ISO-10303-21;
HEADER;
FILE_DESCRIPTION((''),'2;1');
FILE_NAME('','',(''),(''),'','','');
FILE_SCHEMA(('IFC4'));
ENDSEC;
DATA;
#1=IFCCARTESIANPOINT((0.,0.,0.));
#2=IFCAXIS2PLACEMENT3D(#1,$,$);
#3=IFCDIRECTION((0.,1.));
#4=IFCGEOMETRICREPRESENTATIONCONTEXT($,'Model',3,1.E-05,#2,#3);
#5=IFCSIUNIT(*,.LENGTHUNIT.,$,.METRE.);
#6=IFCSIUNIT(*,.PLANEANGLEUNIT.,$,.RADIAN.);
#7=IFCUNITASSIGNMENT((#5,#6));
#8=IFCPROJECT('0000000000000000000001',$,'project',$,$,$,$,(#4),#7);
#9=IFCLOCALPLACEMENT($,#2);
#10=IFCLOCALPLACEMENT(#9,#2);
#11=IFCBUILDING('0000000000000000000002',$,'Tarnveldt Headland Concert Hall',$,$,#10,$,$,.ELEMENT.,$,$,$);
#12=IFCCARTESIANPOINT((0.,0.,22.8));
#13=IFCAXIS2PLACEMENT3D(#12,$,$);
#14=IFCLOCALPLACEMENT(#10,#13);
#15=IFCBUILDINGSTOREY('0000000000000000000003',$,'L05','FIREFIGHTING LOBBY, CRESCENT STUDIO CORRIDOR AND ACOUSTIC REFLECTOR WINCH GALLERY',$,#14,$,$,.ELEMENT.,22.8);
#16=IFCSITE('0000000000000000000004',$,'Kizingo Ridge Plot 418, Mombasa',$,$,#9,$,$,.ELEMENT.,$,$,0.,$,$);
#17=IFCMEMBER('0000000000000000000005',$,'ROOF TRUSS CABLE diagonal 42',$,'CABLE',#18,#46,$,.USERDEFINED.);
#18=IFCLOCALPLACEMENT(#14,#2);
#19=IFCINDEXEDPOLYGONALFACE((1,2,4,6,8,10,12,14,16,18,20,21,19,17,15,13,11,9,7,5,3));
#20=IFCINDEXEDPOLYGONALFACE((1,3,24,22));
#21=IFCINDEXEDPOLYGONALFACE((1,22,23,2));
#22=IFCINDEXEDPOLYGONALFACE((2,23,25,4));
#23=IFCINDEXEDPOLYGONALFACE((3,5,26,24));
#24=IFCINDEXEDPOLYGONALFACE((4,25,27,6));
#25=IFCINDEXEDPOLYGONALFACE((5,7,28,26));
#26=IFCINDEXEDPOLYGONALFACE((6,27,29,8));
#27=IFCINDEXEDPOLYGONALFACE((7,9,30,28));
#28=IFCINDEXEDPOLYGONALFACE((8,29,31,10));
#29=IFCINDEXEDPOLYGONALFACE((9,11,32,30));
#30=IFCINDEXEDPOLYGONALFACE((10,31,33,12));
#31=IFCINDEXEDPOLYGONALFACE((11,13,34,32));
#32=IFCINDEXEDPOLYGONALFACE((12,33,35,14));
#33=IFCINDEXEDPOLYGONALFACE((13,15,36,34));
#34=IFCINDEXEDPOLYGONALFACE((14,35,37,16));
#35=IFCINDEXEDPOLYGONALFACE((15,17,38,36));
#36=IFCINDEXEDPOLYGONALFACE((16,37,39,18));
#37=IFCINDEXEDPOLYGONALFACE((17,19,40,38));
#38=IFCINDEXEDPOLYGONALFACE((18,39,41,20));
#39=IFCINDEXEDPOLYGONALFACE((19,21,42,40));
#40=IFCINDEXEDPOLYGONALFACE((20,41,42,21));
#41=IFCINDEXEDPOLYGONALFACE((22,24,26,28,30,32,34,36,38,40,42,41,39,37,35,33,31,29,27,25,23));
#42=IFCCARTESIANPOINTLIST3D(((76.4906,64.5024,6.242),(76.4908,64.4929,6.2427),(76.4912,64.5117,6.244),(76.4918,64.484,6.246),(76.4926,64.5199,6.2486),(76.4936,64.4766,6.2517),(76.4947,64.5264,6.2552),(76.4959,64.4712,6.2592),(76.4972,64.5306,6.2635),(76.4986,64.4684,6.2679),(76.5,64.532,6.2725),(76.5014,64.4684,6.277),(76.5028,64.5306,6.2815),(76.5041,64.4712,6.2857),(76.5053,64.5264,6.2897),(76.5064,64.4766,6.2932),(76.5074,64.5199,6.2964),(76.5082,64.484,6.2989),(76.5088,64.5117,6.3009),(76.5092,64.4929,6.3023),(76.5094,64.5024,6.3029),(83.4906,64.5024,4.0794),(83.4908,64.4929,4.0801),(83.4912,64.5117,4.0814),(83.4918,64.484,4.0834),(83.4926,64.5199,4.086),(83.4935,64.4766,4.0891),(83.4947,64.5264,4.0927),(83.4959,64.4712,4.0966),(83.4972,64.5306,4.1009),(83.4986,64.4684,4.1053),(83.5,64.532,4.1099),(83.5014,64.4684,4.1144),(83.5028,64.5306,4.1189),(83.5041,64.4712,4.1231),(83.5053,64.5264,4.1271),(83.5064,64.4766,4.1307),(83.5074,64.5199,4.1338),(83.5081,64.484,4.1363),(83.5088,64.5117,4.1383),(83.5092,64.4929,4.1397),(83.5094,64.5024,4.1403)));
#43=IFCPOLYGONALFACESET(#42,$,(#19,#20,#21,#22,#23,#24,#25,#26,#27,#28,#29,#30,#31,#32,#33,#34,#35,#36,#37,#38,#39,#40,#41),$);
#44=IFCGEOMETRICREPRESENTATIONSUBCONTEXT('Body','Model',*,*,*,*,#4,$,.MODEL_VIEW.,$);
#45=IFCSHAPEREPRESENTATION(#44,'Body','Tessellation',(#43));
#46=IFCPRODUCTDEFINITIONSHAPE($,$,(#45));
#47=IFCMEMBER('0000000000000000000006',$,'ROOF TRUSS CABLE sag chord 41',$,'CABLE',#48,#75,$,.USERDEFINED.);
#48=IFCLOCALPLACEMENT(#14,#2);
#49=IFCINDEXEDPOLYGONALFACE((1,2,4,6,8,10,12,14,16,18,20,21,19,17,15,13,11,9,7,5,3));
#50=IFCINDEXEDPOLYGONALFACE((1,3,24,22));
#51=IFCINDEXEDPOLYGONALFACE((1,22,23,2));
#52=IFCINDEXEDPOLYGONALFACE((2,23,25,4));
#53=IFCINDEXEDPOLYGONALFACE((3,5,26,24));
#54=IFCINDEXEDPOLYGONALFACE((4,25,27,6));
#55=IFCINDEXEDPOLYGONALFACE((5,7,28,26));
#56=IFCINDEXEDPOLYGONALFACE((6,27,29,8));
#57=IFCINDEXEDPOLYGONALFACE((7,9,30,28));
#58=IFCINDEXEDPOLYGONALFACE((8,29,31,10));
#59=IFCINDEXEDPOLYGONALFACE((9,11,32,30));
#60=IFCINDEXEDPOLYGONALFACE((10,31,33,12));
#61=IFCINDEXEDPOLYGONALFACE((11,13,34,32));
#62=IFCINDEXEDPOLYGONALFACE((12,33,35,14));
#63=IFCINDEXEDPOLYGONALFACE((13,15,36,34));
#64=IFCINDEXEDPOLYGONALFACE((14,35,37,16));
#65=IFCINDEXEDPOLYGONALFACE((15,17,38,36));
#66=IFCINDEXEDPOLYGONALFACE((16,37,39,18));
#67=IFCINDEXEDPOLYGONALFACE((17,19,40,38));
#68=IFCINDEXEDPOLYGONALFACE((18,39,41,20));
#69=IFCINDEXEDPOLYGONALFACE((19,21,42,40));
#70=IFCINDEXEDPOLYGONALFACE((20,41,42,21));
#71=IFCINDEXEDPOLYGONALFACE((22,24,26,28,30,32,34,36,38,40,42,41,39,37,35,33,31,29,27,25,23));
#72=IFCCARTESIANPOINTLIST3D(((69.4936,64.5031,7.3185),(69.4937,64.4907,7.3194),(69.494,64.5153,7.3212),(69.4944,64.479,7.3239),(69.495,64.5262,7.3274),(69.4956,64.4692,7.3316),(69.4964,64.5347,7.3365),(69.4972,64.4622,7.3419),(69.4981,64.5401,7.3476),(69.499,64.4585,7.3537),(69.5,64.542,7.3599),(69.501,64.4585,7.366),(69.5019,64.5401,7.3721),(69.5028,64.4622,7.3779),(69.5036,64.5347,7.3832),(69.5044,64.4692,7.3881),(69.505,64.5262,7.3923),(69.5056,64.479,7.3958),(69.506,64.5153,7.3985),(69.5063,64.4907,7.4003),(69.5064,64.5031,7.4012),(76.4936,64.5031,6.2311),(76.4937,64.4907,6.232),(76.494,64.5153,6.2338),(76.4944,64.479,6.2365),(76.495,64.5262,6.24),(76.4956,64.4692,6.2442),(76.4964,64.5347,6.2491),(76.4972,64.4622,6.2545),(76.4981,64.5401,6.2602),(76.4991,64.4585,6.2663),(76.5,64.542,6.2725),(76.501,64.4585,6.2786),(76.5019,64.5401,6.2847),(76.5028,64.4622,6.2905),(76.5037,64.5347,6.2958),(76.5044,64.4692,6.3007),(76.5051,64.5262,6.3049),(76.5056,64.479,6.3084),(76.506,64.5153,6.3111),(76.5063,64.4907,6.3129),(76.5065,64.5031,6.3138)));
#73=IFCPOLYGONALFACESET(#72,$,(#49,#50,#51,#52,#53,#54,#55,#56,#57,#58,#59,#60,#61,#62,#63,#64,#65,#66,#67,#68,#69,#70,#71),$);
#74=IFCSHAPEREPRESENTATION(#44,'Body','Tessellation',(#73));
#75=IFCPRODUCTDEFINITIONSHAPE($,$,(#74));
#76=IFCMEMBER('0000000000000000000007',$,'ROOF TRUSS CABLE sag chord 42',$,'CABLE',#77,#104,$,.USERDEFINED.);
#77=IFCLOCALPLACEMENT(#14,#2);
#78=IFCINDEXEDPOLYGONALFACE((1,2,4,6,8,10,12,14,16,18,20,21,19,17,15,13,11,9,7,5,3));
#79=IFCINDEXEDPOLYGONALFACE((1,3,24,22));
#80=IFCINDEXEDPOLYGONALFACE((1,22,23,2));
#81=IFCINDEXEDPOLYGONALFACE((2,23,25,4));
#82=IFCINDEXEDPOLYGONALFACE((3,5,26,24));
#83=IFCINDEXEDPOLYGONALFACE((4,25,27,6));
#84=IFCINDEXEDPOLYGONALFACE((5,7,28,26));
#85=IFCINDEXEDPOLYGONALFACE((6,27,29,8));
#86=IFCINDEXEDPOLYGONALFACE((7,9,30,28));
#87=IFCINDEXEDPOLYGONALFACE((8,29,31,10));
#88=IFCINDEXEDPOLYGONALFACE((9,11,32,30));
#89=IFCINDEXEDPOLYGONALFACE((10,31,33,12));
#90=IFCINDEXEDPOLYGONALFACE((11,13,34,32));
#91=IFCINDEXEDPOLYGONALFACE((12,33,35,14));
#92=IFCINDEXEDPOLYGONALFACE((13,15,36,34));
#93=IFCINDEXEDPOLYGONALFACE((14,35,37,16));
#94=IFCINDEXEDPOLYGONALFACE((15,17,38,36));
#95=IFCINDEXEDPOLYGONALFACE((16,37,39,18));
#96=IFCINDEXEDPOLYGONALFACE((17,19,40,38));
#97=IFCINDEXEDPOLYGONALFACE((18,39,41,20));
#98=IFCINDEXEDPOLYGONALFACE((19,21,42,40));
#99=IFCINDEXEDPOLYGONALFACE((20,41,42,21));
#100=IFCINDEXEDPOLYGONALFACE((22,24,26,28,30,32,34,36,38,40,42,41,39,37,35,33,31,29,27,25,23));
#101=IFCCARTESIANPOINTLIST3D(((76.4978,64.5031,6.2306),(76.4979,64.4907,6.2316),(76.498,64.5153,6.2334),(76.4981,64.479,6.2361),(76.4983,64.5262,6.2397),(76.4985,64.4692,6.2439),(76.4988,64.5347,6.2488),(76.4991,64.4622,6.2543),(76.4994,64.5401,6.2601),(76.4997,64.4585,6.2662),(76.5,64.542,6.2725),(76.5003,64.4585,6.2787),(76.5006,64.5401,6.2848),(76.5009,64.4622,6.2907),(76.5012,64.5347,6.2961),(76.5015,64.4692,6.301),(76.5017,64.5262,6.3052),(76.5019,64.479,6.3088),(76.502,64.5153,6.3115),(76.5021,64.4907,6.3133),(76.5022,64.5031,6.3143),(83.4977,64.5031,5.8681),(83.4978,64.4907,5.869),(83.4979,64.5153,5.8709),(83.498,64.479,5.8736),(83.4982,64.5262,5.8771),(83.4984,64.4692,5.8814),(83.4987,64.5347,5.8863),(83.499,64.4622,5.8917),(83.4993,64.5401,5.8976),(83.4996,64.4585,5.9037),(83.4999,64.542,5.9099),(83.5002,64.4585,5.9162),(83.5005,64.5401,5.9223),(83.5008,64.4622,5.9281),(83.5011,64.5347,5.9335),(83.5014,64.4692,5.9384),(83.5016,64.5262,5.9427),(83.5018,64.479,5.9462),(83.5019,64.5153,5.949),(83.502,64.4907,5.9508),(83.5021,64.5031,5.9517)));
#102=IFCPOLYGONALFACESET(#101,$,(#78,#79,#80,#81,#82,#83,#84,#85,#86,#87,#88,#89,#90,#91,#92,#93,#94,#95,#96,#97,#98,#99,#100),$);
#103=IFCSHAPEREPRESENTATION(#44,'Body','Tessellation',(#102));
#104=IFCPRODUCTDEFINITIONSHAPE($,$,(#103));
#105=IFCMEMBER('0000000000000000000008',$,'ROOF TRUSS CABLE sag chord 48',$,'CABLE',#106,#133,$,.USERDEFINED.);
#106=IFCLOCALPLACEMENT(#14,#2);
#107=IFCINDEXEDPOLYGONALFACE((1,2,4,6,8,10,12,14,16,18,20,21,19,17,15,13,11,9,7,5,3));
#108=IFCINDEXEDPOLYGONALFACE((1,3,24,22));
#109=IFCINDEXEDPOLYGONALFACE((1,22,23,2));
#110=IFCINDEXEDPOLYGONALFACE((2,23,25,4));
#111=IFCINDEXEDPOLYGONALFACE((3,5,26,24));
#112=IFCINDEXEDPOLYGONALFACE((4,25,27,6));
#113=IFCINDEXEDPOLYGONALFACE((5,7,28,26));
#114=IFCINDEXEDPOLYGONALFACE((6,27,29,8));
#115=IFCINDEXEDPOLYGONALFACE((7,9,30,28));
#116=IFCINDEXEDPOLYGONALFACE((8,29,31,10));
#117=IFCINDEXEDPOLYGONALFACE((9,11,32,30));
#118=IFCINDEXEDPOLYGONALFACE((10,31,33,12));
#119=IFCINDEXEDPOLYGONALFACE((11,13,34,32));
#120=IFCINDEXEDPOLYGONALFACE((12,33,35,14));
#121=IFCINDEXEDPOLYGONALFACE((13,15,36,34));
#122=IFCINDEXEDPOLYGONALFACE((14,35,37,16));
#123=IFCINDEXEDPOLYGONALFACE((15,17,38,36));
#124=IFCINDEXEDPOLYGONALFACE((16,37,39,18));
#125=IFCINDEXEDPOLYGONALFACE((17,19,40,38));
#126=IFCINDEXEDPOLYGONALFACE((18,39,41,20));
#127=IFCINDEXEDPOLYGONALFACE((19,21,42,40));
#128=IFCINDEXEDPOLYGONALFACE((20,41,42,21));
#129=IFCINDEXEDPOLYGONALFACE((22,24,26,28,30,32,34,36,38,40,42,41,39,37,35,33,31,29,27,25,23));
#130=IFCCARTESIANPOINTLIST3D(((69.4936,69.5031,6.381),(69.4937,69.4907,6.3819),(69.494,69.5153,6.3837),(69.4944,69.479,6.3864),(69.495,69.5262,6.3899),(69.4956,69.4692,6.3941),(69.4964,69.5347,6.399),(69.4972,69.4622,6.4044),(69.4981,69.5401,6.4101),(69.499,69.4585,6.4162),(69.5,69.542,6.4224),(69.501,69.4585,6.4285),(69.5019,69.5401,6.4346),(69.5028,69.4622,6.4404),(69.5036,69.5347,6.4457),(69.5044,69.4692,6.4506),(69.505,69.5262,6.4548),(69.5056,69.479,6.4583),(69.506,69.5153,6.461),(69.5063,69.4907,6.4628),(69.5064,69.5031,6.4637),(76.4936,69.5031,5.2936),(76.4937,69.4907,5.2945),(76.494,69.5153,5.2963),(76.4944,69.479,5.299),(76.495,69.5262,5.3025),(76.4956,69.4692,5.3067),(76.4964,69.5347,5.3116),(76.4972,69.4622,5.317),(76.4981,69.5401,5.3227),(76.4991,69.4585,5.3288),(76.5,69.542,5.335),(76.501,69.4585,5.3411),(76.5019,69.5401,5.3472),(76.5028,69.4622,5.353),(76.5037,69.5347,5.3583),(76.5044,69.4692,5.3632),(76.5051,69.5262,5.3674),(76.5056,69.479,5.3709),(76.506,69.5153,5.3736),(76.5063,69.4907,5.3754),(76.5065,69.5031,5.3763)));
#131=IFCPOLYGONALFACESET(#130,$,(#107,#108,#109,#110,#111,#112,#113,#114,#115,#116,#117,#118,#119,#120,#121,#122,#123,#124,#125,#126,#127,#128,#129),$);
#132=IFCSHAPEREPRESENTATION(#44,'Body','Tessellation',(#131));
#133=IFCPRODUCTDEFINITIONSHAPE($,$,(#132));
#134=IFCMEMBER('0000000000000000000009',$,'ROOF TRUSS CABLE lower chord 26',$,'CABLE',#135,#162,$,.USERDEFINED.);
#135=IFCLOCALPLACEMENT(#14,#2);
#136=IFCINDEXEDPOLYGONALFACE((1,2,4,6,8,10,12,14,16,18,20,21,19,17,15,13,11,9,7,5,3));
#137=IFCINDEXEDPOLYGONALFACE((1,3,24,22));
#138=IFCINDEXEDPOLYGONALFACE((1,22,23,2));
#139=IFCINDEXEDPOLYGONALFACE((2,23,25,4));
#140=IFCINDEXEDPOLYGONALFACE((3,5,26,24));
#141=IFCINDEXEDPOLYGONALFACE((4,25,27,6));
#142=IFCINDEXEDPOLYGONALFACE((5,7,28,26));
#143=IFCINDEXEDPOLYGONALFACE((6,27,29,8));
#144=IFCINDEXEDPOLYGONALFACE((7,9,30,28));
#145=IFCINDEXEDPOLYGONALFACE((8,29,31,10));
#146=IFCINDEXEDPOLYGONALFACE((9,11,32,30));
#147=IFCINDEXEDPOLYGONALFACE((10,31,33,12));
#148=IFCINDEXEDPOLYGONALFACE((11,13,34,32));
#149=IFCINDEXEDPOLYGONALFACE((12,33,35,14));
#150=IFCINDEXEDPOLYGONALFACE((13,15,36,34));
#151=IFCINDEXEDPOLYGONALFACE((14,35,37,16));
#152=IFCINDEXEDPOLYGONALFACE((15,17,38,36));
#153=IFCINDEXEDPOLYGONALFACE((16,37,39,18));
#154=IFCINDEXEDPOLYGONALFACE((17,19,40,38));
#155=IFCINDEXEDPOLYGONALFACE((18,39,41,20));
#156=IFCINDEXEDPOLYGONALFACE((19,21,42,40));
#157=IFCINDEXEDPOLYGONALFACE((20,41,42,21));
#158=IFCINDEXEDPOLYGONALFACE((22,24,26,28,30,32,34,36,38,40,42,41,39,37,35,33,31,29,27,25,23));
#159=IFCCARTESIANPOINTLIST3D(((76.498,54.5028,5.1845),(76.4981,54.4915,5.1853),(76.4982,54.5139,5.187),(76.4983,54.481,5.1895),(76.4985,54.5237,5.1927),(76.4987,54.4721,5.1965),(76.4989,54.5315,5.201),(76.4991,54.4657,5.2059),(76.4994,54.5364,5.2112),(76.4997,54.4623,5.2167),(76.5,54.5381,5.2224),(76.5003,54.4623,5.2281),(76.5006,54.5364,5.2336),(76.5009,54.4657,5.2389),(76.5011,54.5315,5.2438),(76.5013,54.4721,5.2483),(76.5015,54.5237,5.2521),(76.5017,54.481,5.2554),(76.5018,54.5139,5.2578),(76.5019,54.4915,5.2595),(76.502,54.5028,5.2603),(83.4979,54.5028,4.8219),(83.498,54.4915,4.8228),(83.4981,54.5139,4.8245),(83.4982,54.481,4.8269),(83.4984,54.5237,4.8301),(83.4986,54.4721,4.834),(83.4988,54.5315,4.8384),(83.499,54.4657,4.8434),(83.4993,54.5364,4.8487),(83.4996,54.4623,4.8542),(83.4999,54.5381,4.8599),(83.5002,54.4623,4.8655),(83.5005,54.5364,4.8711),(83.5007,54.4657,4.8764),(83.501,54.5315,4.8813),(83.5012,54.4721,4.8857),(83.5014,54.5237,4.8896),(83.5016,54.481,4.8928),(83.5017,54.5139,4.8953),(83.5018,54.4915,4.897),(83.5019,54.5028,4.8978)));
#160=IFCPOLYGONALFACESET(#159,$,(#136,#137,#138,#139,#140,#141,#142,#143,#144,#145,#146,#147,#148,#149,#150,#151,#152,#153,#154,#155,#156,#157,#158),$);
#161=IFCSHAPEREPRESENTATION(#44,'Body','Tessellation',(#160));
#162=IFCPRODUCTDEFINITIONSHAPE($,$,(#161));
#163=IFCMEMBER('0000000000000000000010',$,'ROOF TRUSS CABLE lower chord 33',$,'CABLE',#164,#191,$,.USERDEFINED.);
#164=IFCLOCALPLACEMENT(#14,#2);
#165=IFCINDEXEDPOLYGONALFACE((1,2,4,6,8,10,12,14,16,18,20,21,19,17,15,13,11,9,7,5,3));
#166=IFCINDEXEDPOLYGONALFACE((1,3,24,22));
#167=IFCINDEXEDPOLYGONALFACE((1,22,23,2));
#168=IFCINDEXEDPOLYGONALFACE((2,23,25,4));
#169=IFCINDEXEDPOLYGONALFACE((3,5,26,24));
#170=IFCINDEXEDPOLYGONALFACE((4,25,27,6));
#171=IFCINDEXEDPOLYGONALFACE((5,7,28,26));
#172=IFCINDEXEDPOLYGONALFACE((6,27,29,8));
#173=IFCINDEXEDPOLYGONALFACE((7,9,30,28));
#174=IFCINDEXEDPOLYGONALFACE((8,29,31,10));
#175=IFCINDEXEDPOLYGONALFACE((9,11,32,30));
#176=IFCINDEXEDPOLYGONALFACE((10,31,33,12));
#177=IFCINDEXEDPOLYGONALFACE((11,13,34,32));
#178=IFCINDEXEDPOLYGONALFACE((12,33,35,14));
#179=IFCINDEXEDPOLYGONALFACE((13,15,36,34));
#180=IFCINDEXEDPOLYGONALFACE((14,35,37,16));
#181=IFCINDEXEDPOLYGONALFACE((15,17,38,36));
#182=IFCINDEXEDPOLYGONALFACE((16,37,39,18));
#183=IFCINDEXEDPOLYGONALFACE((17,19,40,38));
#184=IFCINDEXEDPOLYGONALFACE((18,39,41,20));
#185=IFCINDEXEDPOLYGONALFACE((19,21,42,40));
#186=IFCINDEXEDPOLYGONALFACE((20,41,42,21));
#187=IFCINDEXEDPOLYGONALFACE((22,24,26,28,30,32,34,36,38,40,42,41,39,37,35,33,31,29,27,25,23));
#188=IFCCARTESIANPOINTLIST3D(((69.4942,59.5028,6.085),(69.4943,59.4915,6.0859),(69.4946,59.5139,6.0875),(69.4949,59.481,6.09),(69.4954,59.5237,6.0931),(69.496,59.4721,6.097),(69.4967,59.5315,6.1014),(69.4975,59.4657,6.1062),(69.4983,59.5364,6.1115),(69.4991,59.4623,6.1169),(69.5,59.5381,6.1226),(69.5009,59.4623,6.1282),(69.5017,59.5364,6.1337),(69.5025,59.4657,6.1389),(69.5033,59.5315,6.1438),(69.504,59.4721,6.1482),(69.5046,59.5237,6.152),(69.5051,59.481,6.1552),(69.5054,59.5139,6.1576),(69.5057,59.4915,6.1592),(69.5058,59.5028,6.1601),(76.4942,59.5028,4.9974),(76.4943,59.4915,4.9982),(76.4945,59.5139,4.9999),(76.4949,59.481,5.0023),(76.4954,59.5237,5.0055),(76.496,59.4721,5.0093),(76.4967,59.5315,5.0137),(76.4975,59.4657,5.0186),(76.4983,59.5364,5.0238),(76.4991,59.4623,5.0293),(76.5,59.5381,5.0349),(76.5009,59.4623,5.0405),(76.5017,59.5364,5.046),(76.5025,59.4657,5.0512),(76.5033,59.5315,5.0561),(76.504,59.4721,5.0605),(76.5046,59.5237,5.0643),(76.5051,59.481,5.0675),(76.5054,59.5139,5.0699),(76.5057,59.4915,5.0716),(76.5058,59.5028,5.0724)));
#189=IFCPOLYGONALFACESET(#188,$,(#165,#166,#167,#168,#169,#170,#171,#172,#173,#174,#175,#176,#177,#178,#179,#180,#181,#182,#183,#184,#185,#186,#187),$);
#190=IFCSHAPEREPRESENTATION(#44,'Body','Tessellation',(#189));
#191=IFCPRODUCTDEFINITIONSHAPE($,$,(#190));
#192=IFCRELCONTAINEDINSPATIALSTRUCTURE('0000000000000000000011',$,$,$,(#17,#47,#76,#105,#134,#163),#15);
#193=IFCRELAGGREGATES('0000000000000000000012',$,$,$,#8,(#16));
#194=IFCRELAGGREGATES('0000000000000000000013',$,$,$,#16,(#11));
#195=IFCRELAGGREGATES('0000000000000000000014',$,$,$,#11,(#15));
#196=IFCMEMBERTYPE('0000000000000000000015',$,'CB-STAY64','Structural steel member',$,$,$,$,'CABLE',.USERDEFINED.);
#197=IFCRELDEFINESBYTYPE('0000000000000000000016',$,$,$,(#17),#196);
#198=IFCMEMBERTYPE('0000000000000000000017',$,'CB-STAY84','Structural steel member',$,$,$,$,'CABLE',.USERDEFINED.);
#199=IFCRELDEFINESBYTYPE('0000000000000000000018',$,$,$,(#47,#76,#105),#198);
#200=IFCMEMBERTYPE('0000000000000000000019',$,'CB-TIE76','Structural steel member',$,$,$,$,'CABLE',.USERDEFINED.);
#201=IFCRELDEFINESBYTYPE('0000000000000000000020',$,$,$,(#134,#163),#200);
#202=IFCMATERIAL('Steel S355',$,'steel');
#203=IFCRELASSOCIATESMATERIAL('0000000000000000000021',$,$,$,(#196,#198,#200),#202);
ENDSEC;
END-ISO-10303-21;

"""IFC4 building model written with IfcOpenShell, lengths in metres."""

from ifc_helpers import new_model, si_unit, direction, frame, origin, origin_2d, place, context, subcontext, project, spatial, circle, extrude, material, material_profile, profile_set, type_object, element, save


model = new_model("IFC4")

# Units and contexts
model_context = context("Model", 3, precision=1e-05, world=origin(), true_north=direction((0.0, 1.0)))
body_context = subcontext(model_context, "Body", "Model", "MODEL_VIEW")
ifc_project = project(units=[si_unit("LENGTHUNIT", "METRE"), si_unit("PLANEANGLEUNIT", "RADIAN")], contexts=[model_context])

# Site, building, storey
site_placement = place(None, origin())
site = spatial("IfcSite", under=ifc_project, at=site_placement, Name="Kizingo Ridge Plot 418, Mombasa", CompositionType="ELEMENT", RefElevation=0.0)
building_placement = place(site_placement, origin())
building = spatial("IfcBuilding", under=site, at=building_placement, Name="Tarnveldt Headland Concert Hall", CompositionType="ELEMENT")
storey_placement = place(building_placement, frame((0.0, 0.0, 22.8)))
storey = spatial("IfcBuildingStorey", under=building, at=storey_placement, Name="L05", Description="FIREFIGHTING LOBBY, CRESCENT STUDIO CORRIDOR AND ACOUSTIC REFLECTOR WINCH GALLERY", CompositionType="ELEMENT", Elevation=22.8)

# Members
ifc_material_1 = material(Name="Steel S355", Category="steel")
ifc_material_profile_1 = material_profile(ifc_material_1, circle(Radius=0.032, at=origin_2d()), Name="LC D64", Category="steel")
ifc_profile_set_1 = profile_set([ifc_material_profile_1], Name="Steel S355")
member_type_1 = type_object("IfcMemberType", Name="CB-STAY64", Description="Structural steel member", ElementType="CABLE", PredefinedType="USERDEFINED", material=ifc_profile_set_1)
member_1_placement = place(storey_placement, frame((76.5, 64.5, 6.2725), z_axis=(0.955443, 0.0, -0.295177), x_axis=(0.0, 1.0, 0.0)))
element("IfcMember", 1, at=member_1_placement, inside=storey, type_object=member_type_1, Name="ROOF TRUSS CABLE diagonal 42", ObjectType="CABLE", PredefinedType="USERDEFINED", context=body_context, shape_type="SweptSolid", body=[
    extrude(circle(Radius=0.032, at=origin_2d()), origin(), (0.0, 0.0, 1.0), 7.3264),
])
ifc_material_profile_2 = material_profile(ifc_material_1, circle(Radius=0.042, at=origin_2d()), Name="LC D84", Category="steel")
ifc_profile_set_2 = profile_set([ifc_material_profile_2], Name="Steel S355")
member_type_2 = type_object("IfcMemberType", Name="CB-STAY84", Description="Structural steel member", ElementType="CABLE", PredefinedType="USERDEFINED", material=ifc_profile_set_2)
member_2_placement = place(storey_placement, frame((69.5, 64.5, 7.3599), z_axis=(0.988148, 0.0, -0.153502), x_axis=(0.0, 1.0, 0.0)))
element("IfcMember", 2, at=member_2_placement, inside=storey, type_object=member_type_2, Name="ROOF TRUSS CABLE sag chord 41", ObjectType="CABLE", PredefinedType="USERDEFINED", context=body_context, shape_type="SweptSolid", body=[
    extrude(circle(Radius=0.042, at=origin_2d()), origin(), (0.0, 0.0, 1.0), 7.084),
])
member_3_placement = place(storey_placement, frame((76.5, 64.5, 6.2725), z_axis=(0.998661, 0.0, -0.051723), x_axis=(0.0, 1.0, 0.0)))
element("IfcMember", 3, at=member_3_placement, inside=storey, type_object=member_type_2, Name="ROOF TRUSS CABLE sag chord 42", ObjectType="CABLE", PredefinedType="USERDEFINED", context=body_context, shape_type="SweptSolid", body=[
    extrude(circle(Radius=0.042, at=origin_2d()), origin(), (0.0, 0.0, 1.0), 7.0093),
])
member_4_placement = place(storey_placement, frame((69.5, 69.5, 6.4224), z_axis=(0.988148, 0.0, -0.153502), x_axis=(0.0, 1.0, 0.0)))
element("IfcMember", 4, at=member_4_placement, inside=storey, type_object=member_type_2, Name="ROOF TRUSS CABLE sag chord 48", ObjectType="CABLE", PredefinedType="USERDEFINED", context=body_context, shape_type="SweptSolid", body=[
    extrude(circle(Radius=0.042, at=origin_2d()), origin(), (0.0, 0.0, 1.0), 7.084),
])
ifc_material_profile_3 = material_profile(ifc_material_1, circle(Radius=0.0381, at=origin_2d()), Name="LC D76", Category="steel")
ifc_profile_set_3 = profile_set([ifc_material_profile_3], Name="Steel S355")
member_type_3 = type_object("IfcMemberType", Name="CB-TIE76", Description="Structural steel member", ElementType="CABLE", PredefinedType="USERDEFINED", material=ifc_profile_set_3)
member_5_placement = place(storey_placement, frame((76.5, 54.5, 5.2224), z_axis=(0.998661, 0.0, -0.051723), x_axis=(0.0, 1.0, 0.0)))
element("IfcMember", 5, at=member_5_placement, inside=storey, type_object=member_type_3, Name="ROOF TRUSS CABLE lower chord 26", ObjectType="CABLE", PredefinedType="USERDEFINED", context=body_context, shape_type="SweptSolid", body=[
    extrude(circle(Radius=0.0381, at=origin_2d()), origin(), (0.0, 0.0, 1.0), 7.0093),
])
member_6_placement = place(storey_placement, frame((69.5, 59.5, 6.1226), z_axis=(0.988143, 0.0, -0.153536), x_axis=(0.0, 1.0, 0.0)))
element("IfcMember", 6, at=member_6_placement, inside=storey, type_object=member_type_3, Name="ROOF TRUSS CABLE lower chord 33", ObjectType="CABLE", PredefinedType="USERDEFINED", context=body_context, shape_type="SweptSolid", body=[
    extrude(circle(Radius=0.0381, at=origin_2d()), origin(), (0.0, 0.0, 1.0), 7.084),
])

save(model, "model.ifc")
